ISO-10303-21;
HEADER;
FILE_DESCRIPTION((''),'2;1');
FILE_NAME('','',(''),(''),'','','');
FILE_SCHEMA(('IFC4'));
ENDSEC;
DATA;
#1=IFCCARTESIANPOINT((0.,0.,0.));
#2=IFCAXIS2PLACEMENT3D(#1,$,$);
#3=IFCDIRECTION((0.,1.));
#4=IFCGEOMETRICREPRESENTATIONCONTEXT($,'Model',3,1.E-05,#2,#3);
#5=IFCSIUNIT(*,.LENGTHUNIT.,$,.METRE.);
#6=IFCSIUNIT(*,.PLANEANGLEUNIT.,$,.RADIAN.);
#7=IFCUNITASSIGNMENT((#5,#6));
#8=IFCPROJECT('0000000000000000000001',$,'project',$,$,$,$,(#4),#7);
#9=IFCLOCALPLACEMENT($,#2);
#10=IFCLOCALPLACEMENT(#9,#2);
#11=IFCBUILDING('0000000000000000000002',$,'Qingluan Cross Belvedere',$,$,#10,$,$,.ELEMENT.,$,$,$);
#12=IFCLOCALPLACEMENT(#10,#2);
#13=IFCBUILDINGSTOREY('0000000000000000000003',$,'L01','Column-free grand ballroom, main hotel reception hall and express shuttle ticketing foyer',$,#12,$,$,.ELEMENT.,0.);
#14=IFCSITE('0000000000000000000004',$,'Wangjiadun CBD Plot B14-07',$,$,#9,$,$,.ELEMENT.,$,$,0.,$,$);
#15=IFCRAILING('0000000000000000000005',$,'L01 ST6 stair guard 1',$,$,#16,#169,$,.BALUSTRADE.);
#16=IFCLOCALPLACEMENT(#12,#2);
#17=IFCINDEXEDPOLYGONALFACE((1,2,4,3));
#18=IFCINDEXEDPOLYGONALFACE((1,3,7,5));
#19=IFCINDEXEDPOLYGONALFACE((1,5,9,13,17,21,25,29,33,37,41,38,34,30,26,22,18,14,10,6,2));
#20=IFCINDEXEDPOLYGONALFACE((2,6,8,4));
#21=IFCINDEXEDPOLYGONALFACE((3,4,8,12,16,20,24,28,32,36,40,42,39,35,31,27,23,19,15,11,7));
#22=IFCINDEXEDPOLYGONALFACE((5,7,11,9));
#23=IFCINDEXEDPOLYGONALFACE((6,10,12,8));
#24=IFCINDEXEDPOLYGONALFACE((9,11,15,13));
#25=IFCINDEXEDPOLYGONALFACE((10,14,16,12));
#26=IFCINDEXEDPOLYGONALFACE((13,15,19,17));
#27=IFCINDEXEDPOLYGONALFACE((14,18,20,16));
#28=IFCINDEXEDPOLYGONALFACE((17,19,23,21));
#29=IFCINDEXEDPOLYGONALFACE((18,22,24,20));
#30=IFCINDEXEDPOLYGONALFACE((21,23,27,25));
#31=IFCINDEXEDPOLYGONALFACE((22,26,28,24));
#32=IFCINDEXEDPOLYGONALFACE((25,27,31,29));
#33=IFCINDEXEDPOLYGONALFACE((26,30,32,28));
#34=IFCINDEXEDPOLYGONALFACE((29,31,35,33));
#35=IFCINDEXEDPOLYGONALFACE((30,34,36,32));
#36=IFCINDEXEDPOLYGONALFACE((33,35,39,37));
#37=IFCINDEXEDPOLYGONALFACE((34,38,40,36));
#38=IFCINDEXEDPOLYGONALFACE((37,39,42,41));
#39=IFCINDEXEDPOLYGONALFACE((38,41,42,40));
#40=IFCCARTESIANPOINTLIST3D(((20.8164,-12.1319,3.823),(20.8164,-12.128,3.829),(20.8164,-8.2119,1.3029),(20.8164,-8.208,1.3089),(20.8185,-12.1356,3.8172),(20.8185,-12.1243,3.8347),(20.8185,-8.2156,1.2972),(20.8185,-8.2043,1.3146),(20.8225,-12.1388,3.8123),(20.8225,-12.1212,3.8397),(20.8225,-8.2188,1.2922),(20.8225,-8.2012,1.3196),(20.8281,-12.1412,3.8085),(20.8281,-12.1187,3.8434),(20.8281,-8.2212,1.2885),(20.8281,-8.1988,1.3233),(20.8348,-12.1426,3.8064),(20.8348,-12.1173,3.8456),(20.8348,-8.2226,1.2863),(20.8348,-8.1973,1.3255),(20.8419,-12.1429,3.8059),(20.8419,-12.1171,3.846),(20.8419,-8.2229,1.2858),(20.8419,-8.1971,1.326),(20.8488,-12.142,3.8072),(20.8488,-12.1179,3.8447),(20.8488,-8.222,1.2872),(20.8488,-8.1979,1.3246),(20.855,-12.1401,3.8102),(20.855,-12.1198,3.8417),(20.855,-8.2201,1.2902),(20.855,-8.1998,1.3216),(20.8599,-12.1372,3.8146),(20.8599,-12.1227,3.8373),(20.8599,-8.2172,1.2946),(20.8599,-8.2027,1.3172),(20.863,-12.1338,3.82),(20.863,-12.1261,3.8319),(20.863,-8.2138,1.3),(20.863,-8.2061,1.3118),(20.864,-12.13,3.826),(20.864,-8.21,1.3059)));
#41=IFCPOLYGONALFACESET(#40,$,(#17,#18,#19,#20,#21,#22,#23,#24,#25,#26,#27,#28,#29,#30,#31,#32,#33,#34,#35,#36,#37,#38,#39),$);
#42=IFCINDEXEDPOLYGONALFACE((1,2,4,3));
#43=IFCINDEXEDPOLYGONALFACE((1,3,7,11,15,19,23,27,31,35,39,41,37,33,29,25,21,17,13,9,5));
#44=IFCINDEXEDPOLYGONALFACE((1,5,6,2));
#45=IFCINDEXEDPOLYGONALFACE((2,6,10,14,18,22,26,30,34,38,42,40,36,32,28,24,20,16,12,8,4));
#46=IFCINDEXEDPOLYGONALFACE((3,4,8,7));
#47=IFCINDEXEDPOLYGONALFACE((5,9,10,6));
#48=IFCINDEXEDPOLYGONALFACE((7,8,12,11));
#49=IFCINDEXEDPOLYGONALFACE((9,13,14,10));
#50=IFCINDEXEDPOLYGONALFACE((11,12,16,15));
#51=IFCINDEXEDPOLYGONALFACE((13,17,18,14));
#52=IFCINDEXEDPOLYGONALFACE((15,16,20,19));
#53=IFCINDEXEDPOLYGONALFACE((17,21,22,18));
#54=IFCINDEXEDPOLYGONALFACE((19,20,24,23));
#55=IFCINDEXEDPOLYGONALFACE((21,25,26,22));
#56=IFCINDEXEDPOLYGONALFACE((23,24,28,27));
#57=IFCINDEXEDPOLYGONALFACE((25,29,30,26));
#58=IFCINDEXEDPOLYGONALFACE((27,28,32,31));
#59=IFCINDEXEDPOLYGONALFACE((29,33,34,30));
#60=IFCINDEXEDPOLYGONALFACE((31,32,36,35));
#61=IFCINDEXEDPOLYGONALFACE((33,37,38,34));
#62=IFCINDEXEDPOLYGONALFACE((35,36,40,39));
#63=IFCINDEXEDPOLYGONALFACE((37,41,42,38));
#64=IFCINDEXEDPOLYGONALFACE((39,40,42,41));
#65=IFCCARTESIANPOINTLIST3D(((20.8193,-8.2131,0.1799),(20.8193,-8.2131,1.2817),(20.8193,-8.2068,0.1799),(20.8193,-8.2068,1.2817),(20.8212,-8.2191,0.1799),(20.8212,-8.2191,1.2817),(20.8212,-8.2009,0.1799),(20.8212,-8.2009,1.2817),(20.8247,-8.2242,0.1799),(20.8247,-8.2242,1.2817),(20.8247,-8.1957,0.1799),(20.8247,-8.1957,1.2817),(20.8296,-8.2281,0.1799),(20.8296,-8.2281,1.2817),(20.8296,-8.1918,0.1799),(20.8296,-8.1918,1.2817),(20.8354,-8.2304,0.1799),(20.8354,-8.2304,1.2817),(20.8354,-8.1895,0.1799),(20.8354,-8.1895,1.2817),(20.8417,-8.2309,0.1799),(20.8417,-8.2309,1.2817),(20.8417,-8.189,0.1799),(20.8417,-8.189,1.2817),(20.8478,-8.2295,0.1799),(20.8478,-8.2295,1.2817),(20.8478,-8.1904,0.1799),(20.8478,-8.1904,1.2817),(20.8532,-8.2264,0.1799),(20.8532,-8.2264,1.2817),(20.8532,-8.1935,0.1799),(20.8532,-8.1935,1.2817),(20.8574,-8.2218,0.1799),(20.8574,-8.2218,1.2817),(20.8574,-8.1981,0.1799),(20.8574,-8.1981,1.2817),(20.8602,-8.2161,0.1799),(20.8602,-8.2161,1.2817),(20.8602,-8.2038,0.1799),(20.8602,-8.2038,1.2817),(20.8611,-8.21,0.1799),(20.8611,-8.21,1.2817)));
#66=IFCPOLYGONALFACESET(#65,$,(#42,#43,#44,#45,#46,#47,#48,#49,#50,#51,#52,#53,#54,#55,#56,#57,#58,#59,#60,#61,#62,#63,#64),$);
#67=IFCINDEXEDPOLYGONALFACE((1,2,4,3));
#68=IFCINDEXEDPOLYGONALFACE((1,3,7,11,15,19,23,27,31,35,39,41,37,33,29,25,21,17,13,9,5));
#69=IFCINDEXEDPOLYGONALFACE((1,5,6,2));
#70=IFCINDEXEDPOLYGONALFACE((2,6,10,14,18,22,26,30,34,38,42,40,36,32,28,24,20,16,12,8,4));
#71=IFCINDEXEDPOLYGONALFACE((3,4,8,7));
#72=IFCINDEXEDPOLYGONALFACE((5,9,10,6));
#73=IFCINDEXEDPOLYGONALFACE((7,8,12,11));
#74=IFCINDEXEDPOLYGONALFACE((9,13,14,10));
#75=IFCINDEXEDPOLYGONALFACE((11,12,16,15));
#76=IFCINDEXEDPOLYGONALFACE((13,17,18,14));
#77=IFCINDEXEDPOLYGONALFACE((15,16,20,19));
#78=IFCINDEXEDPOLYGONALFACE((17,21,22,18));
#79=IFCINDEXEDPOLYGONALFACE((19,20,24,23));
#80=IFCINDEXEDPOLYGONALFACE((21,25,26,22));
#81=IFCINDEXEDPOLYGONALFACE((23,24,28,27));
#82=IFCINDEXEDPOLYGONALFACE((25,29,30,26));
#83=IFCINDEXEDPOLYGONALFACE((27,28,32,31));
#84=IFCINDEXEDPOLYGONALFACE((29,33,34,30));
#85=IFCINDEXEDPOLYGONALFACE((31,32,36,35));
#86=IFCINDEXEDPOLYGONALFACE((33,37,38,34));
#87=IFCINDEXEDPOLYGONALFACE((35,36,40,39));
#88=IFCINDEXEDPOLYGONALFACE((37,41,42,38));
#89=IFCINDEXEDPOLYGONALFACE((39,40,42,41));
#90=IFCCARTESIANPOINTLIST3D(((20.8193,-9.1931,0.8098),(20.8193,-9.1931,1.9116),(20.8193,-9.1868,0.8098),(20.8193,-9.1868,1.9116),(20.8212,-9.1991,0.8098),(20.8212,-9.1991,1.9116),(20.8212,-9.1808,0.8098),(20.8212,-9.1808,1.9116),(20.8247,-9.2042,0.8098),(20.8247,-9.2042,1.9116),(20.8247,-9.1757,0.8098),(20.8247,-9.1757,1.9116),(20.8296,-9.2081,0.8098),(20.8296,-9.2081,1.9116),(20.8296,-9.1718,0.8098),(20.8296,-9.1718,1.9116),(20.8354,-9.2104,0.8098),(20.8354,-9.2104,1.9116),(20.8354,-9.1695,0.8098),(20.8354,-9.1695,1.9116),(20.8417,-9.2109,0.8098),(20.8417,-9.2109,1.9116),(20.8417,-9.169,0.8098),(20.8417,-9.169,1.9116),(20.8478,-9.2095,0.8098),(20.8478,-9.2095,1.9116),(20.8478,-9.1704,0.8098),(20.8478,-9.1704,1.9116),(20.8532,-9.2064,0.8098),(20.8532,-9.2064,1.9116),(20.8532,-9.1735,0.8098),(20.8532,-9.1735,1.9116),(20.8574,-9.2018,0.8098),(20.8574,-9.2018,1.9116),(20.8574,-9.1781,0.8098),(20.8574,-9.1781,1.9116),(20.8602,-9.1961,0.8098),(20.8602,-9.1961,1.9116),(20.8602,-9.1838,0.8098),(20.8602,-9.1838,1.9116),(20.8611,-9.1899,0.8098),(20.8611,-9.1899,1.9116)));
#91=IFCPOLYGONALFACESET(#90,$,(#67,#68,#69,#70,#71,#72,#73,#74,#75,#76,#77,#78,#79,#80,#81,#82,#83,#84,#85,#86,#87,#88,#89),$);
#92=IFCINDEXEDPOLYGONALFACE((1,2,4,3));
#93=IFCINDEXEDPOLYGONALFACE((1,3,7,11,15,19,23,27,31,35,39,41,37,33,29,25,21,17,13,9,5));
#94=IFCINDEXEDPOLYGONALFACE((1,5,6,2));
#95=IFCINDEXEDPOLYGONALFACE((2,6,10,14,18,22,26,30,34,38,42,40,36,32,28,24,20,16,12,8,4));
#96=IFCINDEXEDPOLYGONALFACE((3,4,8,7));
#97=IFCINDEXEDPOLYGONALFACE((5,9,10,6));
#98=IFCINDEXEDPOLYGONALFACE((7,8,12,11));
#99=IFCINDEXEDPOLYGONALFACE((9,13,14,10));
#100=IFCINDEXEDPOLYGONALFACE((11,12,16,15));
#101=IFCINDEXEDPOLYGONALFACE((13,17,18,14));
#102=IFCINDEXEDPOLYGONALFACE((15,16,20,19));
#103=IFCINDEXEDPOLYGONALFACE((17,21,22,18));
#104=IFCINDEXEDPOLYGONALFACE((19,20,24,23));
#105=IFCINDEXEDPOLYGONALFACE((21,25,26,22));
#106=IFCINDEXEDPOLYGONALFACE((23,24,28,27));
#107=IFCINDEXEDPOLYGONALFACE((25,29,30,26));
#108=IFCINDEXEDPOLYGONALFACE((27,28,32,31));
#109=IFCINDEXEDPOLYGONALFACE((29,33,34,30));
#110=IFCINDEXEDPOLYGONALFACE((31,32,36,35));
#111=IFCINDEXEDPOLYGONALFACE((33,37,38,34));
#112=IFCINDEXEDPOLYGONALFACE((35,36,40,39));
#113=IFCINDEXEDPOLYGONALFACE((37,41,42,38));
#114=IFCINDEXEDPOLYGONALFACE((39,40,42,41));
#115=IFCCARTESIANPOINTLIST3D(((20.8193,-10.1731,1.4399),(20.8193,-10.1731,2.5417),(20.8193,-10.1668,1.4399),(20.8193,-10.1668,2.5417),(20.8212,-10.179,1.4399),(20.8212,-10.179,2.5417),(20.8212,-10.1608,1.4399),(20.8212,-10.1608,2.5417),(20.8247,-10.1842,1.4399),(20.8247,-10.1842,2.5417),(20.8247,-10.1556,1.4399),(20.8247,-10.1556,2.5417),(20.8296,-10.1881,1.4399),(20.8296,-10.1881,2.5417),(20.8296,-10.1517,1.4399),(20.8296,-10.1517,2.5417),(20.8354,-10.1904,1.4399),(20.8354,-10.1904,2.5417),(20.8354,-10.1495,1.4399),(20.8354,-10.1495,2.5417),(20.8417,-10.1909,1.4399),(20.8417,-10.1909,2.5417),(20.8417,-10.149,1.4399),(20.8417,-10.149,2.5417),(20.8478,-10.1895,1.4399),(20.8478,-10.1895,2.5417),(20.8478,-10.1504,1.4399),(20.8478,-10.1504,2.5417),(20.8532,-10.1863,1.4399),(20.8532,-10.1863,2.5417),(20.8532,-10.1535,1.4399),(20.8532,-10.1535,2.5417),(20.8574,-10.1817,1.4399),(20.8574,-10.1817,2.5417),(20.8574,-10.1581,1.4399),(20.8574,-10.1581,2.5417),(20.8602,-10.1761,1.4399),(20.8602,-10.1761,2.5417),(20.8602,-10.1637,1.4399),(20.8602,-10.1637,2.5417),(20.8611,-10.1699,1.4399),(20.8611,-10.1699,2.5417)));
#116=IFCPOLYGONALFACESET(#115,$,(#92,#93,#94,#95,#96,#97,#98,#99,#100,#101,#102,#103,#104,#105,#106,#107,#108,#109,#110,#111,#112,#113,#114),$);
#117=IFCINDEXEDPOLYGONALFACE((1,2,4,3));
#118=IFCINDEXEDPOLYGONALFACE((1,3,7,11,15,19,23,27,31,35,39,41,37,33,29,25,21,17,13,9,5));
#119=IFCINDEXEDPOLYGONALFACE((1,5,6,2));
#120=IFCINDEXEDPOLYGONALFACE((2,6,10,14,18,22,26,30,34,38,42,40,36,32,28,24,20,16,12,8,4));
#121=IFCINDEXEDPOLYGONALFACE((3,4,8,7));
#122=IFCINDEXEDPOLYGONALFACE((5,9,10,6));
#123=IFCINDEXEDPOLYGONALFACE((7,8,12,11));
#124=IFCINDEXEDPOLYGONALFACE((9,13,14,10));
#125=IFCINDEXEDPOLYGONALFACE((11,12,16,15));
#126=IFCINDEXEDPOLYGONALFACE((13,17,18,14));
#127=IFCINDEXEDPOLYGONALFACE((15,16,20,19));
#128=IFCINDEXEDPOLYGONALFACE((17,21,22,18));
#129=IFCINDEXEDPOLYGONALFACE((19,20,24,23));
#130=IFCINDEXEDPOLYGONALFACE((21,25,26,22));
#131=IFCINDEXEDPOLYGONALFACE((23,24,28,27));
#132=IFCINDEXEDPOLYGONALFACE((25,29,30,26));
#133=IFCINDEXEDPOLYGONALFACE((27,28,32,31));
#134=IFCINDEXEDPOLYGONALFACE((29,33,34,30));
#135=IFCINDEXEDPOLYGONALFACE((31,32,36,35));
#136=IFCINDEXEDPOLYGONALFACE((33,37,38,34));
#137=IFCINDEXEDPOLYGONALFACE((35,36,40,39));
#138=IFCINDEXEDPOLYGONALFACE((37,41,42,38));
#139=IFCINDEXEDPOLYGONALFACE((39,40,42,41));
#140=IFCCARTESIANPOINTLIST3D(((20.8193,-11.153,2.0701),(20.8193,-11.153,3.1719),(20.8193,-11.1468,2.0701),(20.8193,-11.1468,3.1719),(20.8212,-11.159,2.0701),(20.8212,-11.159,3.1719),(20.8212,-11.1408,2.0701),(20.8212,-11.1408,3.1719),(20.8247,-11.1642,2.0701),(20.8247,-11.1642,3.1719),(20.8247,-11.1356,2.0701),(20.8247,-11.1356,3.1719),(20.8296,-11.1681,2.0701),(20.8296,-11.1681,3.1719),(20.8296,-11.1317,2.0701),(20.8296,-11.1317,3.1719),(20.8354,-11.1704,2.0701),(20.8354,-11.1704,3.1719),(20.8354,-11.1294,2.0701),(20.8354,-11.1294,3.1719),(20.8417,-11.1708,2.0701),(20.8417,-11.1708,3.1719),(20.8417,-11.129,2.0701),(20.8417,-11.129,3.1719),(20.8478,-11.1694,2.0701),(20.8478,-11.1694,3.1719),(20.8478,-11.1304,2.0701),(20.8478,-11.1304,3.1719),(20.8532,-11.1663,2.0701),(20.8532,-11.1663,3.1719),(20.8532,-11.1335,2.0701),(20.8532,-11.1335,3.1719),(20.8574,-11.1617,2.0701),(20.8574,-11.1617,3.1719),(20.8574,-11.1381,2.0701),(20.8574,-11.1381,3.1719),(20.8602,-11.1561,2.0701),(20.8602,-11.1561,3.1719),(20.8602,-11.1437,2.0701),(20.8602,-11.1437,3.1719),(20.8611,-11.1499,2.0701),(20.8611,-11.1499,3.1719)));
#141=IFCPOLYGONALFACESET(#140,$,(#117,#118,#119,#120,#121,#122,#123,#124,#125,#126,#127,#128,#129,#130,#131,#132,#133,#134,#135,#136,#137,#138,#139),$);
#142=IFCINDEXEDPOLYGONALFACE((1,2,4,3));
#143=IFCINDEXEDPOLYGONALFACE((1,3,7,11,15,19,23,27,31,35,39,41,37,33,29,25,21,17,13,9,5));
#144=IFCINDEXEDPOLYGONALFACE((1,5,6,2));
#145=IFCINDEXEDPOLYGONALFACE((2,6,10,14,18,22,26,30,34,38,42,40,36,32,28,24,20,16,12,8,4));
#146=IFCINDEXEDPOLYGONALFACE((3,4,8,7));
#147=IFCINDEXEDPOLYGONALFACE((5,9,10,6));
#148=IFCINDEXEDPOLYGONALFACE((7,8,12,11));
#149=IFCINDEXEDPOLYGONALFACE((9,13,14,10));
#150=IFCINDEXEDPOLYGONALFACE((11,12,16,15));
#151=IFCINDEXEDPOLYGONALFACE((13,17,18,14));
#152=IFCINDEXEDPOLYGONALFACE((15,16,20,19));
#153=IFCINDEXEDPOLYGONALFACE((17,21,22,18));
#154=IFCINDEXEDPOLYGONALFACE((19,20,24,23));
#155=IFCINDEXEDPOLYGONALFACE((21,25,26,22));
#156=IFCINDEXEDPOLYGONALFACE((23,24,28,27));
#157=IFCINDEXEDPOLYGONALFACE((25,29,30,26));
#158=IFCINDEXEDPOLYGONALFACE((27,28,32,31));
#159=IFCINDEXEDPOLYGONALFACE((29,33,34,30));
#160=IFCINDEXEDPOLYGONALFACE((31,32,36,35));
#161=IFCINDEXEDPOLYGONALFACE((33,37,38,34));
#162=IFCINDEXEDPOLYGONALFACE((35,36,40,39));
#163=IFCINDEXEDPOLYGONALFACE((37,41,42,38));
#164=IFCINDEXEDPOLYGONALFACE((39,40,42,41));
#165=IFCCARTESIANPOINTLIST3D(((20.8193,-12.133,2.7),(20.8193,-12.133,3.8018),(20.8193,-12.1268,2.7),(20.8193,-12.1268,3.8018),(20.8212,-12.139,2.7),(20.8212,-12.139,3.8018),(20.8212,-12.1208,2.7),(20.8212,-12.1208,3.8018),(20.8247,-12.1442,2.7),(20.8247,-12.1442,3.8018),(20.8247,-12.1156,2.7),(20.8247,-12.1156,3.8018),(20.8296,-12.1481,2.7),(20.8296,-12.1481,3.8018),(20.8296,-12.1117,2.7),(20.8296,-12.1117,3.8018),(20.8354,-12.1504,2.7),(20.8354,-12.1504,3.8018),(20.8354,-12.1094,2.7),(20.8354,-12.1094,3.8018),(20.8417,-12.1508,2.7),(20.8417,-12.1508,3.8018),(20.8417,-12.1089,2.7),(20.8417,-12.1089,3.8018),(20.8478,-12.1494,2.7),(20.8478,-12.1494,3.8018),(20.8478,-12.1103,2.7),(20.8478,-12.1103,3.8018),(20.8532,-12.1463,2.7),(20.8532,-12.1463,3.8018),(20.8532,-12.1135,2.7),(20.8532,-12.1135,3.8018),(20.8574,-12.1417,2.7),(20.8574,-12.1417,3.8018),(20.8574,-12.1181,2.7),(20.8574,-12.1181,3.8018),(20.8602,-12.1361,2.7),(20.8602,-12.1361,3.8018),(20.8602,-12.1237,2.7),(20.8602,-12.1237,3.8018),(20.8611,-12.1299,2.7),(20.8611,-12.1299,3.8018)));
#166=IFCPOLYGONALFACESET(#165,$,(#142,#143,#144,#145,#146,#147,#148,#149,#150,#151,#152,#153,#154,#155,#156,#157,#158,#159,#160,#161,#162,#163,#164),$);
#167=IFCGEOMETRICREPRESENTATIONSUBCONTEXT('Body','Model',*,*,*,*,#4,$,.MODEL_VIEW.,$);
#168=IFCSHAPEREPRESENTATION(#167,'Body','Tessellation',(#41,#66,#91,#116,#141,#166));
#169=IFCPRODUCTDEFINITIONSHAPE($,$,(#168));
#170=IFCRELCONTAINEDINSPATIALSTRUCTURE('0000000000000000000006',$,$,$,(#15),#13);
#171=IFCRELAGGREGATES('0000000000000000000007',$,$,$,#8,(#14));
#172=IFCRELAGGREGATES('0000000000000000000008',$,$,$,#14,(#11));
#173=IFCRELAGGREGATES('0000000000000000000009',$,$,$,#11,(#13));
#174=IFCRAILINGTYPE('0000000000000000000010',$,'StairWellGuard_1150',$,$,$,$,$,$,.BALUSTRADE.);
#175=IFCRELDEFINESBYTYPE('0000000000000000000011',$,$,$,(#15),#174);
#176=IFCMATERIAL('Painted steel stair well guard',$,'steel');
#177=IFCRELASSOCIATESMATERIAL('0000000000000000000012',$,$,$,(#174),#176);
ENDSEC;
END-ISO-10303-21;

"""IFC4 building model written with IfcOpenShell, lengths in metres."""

from ifc_helpers import new_model, si_unit, direction, frame, origin, origin_2d, place, context, subcontext, project, spatial, circle, extrude, material, type_object, element, save


model = new_model("IFC4")

# Units and contexts
model_context = context("Model", 3, precision=1e-05, world=origin(), true_north=direction((0.0, 1.0)))
body_context = subcontext(model_context, "Body", "Model", "MODEL_VIEW")
ifc_project = project(units=[si_unit("LENGTHUNIT", "METRE"), si_unit("PLANEANGLEUNIT", "RADIAN")], contexts=[model_context])

# Site, building, storey
site_placement = place(None, origin())
site = spatial("IfcSite", under=ifc_project, at=site_placement, Name="Wangjiadun CBD Plot B14-07", CompositionType="ELEMENT", RefElevation=0.0)
building_placement = place(site_placement, origin())
building = spatial("IfcBuilding", under=site, at=building_placement, Name="Qingluan Cross Belvedere", CompositionType="ELEMENT")
storey_placement = place(building_placement, origin())
storey = spatial("IfcBuildingStorey", under=building, at=storey_placement, Name="L01", Description="Column-free grand ballroom, main hotel reception hall and express shuttle ticketing foyer", CompositionType="ELEMENT", Elevation=0.0)

# Railing
ifc_material_1 = material(Name="Painted steel stair well guard", Category="steel")
railing_type_1 = type_object("IfcRailingType", Name="StairWellGuard_1150", PredefinedType="BALUSTRADE", material=ifc_material_1)
railing_1_placement = place(storey_placement, frame((20.8401, -8.21, 0.1799)))
element("IfcRailing", 1, at=railing_1_placement, inside=storey, type_object=railing_type_1, Name="L01 ST6 stair guard 1", PredefinedType="BALUSTRADE", context=body_context, shape_type="SweptSolid", body=[
    extrude(circle(Radius=0.0239, at=origin_2d()), frame((0.0, 0.0, 1.126), z_axis=(0.0, -0.841172, 0.540768), x_axis=(1.0, 0.0, 0.0)), (0.0, 0.0, 1.0), 4.6602),
    extrude(circle(Radius=0.021, at=origin_2d()), origin(), (0.0, 0.0, 1.0), 1.1018),
    extrude(circle(Radius=0.021, at=origin_2d()), frame((0.0, -0.98, 0.6299)), (0.0, 0.0, 1.0), 1.1018),
    extrude(circle(Radius=0.021, at=origin_2d()), frame((0.0, -1.96, 1.26)), (0.0, 0.0, 1.0), 1.1018),
    extrude(circle(Radius=0.021, at=origin_2d()), frame((0.0, -2.9399, 1.8901)), (0.0, 0.0, 1.0), 1.1018),
    extrude(circle(Radius=0.021, at=origin_2d()), frame((0.0, -3.9199, 2.52)), (0.0, 0.0, 1.0), 1.1018),
])

save(model, "model.ifc")
